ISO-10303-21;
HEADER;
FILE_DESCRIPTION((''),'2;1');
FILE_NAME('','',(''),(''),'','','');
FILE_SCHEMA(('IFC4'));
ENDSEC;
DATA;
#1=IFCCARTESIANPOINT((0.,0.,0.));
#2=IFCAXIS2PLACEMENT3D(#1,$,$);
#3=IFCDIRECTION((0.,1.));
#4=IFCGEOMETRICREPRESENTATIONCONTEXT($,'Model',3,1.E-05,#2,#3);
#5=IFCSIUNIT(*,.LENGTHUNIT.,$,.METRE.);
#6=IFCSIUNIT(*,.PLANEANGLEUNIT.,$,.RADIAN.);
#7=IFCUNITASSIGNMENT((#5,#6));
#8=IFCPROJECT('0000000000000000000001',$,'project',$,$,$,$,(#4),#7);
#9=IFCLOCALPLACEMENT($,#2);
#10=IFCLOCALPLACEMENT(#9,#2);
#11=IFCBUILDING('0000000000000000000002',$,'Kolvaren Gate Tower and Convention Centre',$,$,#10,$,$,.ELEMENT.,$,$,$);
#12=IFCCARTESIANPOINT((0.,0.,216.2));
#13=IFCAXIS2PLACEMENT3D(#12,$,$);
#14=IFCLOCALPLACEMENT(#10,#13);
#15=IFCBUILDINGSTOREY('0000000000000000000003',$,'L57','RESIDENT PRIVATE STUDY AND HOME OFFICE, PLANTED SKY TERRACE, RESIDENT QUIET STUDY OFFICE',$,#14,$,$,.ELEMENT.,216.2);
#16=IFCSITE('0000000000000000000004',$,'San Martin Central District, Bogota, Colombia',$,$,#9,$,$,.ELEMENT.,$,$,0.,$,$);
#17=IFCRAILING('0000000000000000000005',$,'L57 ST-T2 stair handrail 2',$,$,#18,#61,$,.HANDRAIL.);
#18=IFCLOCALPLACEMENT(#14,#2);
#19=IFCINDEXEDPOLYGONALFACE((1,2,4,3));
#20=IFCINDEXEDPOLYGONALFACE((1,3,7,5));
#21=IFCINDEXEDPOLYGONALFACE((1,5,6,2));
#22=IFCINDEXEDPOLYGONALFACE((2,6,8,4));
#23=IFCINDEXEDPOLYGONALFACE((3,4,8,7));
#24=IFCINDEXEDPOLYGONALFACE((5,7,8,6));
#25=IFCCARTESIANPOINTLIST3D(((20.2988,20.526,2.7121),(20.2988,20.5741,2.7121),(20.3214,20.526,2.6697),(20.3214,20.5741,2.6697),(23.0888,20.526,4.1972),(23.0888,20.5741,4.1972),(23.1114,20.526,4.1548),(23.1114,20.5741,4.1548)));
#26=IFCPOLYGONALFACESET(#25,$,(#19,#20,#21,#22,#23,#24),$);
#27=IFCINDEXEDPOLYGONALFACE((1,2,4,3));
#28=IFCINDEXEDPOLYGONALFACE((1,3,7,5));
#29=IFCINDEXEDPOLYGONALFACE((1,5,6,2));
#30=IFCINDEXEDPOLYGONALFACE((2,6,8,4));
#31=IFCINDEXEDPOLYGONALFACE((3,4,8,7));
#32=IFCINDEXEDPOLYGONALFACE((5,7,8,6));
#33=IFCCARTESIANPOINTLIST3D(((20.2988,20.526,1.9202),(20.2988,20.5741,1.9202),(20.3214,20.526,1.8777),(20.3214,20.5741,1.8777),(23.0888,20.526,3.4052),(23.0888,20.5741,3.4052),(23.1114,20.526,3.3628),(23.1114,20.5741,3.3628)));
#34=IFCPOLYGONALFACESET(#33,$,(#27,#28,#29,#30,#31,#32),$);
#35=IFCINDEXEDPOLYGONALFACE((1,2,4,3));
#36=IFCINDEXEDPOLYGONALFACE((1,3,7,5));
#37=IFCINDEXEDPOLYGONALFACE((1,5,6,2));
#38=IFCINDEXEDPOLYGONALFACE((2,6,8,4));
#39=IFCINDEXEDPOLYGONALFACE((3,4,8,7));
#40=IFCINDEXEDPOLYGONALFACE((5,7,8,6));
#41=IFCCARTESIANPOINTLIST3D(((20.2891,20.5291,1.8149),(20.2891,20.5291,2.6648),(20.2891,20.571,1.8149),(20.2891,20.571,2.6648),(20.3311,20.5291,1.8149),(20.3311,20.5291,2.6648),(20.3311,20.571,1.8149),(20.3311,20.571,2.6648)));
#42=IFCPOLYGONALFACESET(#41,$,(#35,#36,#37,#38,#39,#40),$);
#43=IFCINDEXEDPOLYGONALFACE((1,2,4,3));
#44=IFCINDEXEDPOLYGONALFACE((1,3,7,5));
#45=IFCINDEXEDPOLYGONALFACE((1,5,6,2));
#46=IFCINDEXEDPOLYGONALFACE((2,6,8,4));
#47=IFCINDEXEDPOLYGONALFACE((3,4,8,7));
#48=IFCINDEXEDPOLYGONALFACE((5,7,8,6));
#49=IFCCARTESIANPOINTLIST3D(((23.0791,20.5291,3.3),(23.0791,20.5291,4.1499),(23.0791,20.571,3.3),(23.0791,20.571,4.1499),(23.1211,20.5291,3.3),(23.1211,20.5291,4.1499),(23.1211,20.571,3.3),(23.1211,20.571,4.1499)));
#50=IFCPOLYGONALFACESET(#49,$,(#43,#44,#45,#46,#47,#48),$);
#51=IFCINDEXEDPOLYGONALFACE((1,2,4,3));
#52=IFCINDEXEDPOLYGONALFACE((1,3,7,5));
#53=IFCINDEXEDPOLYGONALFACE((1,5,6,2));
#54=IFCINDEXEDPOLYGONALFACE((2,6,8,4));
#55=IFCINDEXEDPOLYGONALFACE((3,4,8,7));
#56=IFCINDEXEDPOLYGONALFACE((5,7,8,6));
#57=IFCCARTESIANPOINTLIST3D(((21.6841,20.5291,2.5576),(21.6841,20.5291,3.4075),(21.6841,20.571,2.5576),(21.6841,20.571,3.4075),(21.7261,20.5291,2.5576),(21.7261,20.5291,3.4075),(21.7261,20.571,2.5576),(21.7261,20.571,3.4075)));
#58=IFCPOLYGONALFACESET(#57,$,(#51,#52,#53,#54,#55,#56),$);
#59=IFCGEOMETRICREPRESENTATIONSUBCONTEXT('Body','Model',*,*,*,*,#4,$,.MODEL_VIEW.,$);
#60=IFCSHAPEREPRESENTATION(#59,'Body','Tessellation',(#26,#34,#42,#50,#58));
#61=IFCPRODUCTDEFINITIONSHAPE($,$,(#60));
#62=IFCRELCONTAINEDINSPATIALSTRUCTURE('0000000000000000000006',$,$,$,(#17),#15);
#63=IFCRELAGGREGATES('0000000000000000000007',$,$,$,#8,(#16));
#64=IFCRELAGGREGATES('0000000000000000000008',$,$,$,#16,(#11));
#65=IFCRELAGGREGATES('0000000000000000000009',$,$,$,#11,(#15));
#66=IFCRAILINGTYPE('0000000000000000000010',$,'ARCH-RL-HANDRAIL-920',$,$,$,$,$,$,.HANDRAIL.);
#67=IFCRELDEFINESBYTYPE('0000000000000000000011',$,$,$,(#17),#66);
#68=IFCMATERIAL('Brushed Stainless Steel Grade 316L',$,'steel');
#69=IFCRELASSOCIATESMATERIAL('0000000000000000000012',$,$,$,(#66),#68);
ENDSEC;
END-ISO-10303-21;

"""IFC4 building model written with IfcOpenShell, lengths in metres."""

from ifc_helpers import new_model, si_unit, direction, frame, origin, origin_2d, place, context, subcontext, project, spatial, rectangle, extrude, material, type_object, element, save


model = new_model("IFC4")

# Units and contexts
model_context = context("Model", 3, precision=1e-05, world=origin(), true_north=direction((0.0, 1.0)))
body_context = subcontext(model_context, "Body", "Model", "MODEL_VIEW")
ifc_project = project(units=[si_unit("LENGTHUNIT", "METRE"), si_unit("PLANEANGLEUNIT", "RADIAN")], contexts=[model_context])

# Site, building, storey
site_placement = place(None, origin())
site = spatial("IfcSite", under=ifc_project, at=site_placement, Name="San Martin Central District, Bogota, Colombia", CompositionType="ELEMENT", RefElevation=0.0)
building_placement = place(site_placement, origin())
building = spatial("IfcBuilding", under=site, at=building_placement, Name="Kolvaren Gate Tower and Convention Centre", CompositionType="ELEMENT")
storey_placement = place(building_placement, frame((0.0, 0.0, 216.2)))
storey = spatial("IfcBuildingStorey", under=building, at=storey_placement, Name="L57", Description="RESIDENT PRIVATE STUDY AND HOME OFFICE, PLANTED SKY TERRACE, RESIDENT QUIET STUDY OFFICE", CompositionType="ELEMENT", Elevation=216.2)

# Railing
ifc_material_1 = material(Name="Brushed Stainless Steel Grade 316L", Category="steel")
railing_type_1 = type_object("IfcRailingType", Name="ARCH-RL-HANDRAIL-920", PredefinedType="HANDRAIL", material=ifc_material_1)
railing_1_placement = place(storey_placement, frame((20.3101, 20.55, 1.8149)))
element("IfcRailing", 1, at=railing_1_placement, inside=storey, type_object=railing_type_1, Name="L57 ST-T2 stair handrail 2", PredefinedType="HANDRAIL", context=body_context, shape_type="SweptSolid", body=[
    extrude(rectangle(XDim=0.0481, YDim=0.0481, at=origin_2d()), frame((0.0, 0.0, 0.876), z_axis=(0.882735, 0.0, 0.46987), x_axis=(0.0, 1.0, 0.0)), (0.0, 0.0, 1.0), 3.1606),
    extrude(rectangle(XDim=0.0481, YDim=0.0481, at=origin_2d()), frame((0.0, 0.0, 0.084), z_axis=(0.882735, 0.0, 0.46987), x_axis=(0.0, 1.0, 0.0)), (0.0, 0.0, 1.0), 3.1606),
    extrude(rectangle(XDim=0.042, YDim=0.042, at=origin_2d()), origin(), (0.0, 0.0, 1.0), 0.8499),
    extrude(rectangle(XDim=0.042, YDim=0.042, at=origin_2d()), frame((2.79, 0.0, 1.4851)), (0.0, 0.0, 1.0), 0.8499),
    extrude(rectangle(XDim=0.042, YDim=0.042, at=origin_2d()), frame((1.395, 0.0, 0.7427)), (0.0, 0.0, 1.0), 0.8499),
])

save(model, "model.ifc")
